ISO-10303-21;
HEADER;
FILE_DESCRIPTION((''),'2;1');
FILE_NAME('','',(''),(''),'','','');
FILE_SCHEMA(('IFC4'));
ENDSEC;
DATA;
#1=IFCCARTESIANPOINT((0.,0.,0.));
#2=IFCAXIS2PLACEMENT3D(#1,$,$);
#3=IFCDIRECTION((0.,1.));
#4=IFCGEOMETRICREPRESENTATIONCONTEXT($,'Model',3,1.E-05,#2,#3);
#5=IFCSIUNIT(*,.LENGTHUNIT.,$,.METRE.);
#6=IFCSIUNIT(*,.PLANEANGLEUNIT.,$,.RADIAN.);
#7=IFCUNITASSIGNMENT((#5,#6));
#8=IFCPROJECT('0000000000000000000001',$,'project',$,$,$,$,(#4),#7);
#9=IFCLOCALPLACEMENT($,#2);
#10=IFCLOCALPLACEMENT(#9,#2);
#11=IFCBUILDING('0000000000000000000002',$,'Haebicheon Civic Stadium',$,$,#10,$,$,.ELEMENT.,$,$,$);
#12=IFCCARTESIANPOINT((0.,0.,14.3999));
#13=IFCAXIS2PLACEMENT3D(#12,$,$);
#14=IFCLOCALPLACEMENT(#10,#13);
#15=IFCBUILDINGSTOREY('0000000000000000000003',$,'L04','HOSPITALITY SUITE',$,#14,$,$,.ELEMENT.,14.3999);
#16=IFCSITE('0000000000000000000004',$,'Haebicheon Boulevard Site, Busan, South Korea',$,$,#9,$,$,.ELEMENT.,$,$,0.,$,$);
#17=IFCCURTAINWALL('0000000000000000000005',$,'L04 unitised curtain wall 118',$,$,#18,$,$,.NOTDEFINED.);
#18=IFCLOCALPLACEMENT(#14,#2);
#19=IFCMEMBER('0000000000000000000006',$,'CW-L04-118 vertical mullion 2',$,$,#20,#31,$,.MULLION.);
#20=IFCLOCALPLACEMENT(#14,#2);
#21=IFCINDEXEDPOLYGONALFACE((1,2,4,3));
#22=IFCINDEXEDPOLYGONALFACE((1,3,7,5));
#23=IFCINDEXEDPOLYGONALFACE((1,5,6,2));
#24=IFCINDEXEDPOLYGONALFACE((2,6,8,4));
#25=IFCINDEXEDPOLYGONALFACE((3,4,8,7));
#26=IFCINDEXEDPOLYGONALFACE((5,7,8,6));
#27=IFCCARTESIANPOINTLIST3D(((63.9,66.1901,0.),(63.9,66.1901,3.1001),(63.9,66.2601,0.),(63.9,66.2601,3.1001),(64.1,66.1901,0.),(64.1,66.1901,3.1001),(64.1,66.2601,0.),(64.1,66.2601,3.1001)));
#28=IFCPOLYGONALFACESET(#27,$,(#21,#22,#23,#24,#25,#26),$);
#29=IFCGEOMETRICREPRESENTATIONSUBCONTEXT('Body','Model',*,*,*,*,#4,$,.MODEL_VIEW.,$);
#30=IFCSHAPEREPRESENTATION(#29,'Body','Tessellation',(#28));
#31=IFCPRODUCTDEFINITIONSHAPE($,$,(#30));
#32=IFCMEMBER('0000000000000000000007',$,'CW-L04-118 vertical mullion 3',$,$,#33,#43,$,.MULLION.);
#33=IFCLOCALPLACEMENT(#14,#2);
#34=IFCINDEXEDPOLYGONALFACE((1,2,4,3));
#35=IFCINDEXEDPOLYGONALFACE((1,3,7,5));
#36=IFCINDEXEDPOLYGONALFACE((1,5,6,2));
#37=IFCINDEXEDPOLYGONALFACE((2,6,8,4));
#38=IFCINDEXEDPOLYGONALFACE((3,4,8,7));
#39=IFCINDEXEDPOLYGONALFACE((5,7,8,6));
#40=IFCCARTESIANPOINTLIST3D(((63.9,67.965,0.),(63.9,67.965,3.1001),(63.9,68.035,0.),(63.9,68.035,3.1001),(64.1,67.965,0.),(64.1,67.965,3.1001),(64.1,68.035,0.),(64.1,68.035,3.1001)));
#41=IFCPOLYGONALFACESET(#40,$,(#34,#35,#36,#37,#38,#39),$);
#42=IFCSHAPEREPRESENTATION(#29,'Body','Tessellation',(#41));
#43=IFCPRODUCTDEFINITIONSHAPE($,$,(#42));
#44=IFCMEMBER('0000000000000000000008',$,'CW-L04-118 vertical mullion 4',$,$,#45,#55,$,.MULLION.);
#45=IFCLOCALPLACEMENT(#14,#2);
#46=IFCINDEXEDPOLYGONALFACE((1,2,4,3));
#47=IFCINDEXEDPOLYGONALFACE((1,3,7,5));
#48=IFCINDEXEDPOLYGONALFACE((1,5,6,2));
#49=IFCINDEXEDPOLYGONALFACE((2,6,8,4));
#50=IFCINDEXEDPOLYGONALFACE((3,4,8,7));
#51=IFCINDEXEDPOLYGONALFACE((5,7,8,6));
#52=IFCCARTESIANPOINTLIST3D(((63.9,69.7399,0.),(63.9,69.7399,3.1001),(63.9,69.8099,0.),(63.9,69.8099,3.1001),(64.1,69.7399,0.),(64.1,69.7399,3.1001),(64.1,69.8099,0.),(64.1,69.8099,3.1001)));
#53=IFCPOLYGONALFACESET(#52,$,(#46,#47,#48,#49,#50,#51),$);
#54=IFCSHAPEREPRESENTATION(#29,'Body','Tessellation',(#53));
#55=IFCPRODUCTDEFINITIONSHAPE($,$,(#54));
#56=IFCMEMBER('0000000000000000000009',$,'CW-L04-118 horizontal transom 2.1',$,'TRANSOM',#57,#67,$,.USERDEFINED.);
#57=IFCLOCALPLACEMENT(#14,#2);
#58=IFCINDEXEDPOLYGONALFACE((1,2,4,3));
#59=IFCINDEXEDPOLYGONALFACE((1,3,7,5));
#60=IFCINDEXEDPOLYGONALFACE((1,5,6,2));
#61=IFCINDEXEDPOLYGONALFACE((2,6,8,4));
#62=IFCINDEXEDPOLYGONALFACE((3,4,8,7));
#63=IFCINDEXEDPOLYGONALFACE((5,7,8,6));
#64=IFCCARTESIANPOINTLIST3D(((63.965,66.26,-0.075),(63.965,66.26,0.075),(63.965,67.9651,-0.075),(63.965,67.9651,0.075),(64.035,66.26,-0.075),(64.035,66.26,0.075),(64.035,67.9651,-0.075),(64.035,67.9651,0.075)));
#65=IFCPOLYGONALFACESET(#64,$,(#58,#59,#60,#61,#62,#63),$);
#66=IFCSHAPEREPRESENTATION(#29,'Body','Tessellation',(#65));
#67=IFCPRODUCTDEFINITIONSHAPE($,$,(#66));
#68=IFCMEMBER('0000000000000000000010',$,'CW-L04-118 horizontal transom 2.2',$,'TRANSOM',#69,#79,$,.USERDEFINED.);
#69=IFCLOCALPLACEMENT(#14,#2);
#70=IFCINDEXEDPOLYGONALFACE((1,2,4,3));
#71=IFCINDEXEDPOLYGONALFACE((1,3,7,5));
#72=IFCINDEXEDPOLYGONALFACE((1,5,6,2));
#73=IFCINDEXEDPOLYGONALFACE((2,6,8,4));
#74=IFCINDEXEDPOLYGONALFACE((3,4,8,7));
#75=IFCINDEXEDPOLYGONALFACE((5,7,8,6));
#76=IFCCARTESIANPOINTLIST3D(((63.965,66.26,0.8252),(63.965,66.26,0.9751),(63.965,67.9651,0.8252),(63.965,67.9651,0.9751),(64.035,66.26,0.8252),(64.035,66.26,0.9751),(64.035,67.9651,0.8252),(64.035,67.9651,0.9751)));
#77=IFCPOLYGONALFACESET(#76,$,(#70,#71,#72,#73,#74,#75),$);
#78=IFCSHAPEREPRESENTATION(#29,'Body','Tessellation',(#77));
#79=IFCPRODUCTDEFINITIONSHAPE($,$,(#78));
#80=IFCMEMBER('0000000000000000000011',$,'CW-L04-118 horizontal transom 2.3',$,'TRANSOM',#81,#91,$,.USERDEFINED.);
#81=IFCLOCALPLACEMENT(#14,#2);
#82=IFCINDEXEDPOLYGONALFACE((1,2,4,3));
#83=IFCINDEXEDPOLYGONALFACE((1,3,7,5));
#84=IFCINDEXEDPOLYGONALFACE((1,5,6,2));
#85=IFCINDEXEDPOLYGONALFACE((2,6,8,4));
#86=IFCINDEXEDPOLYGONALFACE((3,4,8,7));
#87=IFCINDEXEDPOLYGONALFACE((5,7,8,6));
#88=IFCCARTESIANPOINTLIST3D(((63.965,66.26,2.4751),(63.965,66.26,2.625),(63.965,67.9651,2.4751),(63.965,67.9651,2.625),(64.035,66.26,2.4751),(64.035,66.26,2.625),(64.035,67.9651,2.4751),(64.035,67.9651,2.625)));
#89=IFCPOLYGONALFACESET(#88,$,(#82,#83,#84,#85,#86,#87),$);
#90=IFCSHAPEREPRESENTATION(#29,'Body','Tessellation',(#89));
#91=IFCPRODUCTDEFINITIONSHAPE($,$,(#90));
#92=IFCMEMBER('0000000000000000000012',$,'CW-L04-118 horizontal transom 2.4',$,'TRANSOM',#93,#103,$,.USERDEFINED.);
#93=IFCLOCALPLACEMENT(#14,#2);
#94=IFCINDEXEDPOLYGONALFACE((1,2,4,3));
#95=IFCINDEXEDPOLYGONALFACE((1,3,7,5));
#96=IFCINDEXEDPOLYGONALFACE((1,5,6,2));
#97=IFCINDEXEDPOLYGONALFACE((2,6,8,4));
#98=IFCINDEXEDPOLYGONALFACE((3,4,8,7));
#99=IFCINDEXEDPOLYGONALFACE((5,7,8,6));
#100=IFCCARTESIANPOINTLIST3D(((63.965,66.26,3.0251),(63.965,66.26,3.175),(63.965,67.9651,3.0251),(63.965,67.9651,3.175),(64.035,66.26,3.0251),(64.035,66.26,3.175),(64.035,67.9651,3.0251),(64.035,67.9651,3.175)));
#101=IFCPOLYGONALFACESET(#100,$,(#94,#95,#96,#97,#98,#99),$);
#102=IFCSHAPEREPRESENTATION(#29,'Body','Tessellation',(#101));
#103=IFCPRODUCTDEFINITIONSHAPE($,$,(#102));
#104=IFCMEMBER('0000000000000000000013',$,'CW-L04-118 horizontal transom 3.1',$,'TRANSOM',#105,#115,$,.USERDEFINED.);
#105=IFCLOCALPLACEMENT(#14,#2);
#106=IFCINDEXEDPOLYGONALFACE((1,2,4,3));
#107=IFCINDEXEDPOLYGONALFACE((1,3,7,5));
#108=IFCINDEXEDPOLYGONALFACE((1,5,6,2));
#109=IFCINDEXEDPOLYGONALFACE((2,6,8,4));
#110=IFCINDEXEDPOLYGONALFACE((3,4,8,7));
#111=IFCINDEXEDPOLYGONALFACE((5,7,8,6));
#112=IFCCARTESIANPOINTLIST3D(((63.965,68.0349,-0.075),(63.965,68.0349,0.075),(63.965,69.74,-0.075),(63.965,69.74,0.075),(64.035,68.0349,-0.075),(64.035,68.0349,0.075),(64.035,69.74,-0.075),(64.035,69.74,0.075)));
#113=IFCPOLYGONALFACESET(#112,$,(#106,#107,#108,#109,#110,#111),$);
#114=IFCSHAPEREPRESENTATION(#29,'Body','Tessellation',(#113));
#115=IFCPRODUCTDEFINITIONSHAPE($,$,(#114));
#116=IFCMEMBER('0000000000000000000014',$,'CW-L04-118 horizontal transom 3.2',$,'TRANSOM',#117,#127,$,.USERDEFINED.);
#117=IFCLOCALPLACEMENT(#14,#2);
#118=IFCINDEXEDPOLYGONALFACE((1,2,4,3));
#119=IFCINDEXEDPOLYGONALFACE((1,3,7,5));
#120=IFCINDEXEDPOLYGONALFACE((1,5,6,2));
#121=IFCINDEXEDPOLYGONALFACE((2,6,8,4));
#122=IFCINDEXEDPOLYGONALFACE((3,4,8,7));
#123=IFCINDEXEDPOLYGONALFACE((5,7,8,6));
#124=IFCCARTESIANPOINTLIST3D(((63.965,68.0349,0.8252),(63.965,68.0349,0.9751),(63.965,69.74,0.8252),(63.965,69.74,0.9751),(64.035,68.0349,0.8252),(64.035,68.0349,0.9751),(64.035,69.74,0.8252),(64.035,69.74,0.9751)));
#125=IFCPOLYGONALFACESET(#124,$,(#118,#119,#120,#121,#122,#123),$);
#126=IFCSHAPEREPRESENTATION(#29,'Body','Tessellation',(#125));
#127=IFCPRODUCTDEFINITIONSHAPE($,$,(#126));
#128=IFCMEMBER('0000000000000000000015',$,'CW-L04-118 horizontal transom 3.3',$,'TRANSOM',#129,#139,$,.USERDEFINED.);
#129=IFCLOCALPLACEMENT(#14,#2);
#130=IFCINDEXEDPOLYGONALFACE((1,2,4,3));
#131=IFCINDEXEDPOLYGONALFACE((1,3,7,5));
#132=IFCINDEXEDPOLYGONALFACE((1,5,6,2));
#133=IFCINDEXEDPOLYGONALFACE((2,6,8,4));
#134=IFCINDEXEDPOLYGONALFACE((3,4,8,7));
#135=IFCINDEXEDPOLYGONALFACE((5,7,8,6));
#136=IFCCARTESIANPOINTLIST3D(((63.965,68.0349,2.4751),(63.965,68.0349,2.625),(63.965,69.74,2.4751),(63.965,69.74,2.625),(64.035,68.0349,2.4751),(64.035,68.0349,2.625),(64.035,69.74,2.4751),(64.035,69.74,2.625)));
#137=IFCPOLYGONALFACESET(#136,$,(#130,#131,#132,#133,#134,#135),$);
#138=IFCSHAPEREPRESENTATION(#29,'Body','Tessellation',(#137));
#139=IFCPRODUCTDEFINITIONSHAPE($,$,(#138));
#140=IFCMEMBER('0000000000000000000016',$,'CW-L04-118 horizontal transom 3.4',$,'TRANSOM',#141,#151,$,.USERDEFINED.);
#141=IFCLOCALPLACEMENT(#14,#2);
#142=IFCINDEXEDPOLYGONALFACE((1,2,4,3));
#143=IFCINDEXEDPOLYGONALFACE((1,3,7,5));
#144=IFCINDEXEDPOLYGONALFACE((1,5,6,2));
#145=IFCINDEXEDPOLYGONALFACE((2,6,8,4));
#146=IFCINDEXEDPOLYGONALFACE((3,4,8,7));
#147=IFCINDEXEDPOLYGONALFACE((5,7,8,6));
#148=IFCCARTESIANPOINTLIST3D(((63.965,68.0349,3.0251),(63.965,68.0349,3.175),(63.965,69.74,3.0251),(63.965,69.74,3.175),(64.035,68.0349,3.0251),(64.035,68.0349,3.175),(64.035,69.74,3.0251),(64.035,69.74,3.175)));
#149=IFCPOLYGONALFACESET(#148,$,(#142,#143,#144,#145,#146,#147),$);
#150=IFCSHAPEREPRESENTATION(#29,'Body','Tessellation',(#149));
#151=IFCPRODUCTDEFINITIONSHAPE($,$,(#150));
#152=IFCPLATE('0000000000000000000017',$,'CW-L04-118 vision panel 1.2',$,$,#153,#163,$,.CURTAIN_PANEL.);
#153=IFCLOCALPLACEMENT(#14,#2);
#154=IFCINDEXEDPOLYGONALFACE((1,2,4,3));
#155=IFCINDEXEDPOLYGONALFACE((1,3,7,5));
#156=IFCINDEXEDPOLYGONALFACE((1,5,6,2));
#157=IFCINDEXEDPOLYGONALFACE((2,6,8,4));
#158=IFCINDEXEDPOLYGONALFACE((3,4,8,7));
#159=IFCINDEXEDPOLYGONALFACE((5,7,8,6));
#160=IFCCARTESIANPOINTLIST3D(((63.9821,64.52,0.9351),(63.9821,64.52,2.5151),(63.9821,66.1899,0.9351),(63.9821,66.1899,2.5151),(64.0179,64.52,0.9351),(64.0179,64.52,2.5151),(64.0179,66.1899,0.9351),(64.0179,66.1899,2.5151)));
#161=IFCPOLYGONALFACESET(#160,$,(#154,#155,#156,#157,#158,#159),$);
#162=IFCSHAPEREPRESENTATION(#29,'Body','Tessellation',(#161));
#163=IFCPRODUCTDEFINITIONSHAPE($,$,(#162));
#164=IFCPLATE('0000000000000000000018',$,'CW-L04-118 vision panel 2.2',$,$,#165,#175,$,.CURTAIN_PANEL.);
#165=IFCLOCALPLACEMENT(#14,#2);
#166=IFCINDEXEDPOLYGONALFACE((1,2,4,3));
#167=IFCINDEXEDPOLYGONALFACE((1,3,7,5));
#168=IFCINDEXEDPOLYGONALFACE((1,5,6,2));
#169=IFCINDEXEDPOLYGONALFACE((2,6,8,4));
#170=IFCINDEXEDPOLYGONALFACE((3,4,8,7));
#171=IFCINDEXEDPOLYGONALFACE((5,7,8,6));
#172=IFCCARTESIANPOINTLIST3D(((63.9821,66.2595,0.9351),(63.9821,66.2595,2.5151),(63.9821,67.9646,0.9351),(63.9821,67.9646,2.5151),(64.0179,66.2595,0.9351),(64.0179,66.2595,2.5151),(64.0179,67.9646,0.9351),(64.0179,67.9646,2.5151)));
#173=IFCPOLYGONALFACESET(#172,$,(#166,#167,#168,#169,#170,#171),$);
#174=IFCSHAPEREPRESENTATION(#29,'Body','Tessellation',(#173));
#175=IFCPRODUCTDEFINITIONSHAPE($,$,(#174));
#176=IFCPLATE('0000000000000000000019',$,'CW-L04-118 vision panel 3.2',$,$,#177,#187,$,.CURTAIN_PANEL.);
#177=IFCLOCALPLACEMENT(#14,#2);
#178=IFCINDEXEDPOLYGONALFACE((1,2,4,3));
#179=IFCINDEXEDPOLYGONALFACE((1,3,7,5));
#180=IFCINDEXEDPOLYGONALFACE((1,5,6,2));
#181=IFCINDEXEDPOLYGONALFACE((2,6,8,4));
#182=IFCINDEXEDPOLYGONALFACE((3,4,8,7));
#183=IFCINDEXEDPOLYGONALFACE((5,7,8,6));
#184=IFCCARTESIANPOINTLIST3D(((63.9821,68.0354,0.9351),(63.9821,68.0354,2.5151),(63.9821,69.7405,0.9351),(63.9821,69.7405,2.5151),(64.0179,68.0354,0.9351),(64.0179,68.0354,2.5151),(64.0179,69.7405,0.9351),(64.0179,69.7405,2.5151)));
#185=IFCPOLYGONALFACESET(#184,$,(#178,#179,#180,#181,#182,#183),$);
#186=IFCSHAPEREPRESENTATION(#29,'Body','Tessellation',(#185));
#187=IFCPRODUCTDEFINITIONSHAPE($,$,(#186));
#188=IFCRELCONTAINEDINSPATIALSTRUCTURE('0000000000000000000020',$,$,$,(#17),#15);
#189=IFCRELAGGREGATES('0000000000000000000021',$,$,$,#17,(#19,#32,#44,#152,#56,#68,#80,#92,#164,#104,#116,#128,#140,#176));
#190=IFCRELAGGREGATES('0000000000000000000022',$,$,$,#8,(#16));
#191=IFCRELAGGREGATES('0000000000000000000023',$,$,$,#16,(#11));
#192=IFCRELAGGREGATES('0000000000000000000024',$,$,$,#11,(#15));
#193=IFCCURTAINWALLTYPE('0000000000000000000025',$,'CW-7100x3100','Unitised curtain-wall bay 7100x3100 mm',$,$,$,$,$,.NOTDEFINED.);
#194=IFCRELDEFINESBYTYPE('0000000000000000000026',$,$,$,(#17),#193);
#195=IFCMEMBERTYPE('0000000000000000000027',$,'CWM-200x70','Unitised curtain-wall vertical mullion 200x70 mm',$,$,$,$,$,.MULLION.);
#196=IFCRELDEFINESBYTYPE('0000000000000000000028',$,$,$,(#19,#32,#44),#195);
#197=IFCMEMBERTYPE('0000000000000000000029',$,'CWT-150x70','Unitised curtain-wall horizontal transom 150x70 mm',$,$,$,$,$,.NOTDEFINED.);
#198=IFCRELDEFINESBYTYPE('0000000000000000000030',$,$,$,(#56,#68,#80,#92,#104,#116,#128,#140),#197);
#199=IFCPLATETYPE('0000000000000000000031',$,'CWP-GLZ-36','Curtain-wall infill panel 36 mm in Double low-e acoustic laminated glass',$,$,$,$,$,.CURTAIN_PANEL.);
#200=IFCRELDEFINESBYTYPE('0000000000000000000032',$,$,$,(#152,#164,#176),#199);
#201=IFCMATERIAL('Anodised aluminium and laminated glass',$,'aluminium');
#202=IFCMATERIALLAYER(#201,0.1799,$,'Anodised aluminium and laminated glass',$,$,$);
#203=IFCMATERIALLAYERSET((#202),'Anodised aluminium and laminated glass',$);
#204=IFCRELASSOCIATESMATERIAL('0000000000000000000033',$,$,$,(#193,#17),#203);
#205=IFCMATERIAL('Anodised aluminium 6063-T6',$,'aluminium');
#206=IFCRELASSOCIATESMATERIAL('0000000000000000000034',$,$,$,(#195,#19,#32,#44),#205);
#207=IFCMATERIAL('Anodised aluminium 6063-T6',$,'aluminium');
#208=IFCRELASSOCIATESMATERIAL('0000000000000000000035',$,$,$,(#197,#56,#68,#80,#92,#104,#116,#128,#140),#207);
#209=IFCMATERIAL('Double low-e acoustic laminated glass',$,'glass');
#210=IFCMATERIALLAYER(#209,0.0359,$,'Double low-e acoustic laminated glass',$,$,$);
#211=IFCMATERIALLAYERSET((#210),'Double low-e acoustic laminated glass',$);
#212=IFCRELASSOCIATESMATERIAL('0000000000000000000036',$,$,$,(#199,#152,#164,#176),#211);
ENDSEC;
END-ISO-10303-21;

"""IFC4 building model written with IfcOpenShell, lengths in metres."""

from ifc_helpers import new_model, si_unit, direction, frame, origin, origin_2d, place, context, subcontext, project, spatial, rectangle, extrude, material, layer, layer_set, material_profile, profile_set, type_object, element, aggregate, save


model = new_model("IFC4")

# Units and contexts
model_context = context("Model", 3, precision=1e-05, world=origin(), true_north=direction((0.0, 1.0)))
body_context = subcontext(model_context, "Body", "Model", "MODEL_VIEW")
ifc_project = project(units=[si_unit("LENGTHUNIT", "METRE"), si_unit("PLANEANGLEUNIT", "RADIAN")], contexts=[model_context])

# Site, building, storey
site_placement = place(None, origin())
site = spatial("IfcSite", under=ifc_project, at=site_placement, Name="Haebicheon Boulevard Site, Busan, South Korea", CompositionType="ELEMENT", RefElevation=0.0)
building_placement = place(site_placement, origin())
building = spatial("IfcBuilding", under=site, at=building_placement, Name="Haebicheon Civic Stadium", CompositionType="ELEMENT")
storey_placement = place(building_placement, frame((0.0, 0.0, 14.3999)))
storey = spatial("IfcBuildingStorey", under=building, at=storey_placement, Name="L04", Description="HOSPITALITY SUITE", CompositionType="ELEMENT", Elevation=14.3999)

# Curtain wall, members, plates
ifc_material_1 = material(Name="Anodised aluminium and laminated glass", Category="aluminium")
ifc_layer_1 = layer(ifc_material_1, 0.1799, Name="Anodised aluminium and laminated glass")
ifc_layer_set_1 = layer_set([ifc_layer_1], Name="Anodised aluminium and laminated glass")
curtain_wall_type = type_object("IfcCurtainWallType", Name="CW-7100x3100", Description="Unitised curtain-wall bay 7100x3100 mm", PredefinedType="NOTDEFINED", material=ifc_layer_set_1)
curtain_wall_placement = place(storey_placement, origin())
curtain_wall = element("IfcCurtainWall", 1, at=curtain_wall_placement, inside=storey, type_object=curtain_wall_type, material=ifc_layer_set_1, Name="L04 unitised curtain wall 118", PredefinedType="NOTDEFINED")
ifc_material_2 = material(Name="Anodised aluminium 6063-T6", Category="aluminium")
ifc_material_profile_1 = material_profile(ifc_material_2, rectangle(XDim=0.0701, YDim=0.2, at=origin_2d()), Name="ALU-MULL-70x200")
ifc_profile_set_1 = profile_set([ifc_material_profile_1], Name="Anodised aluminium 6063-T6")
member_type_1 = type_object("IfcMemberType", Name="CWM-200x70", Description="Unitised curtain-wall vertical mullion 200x70 mm", PredefinedType="MULLION", material=ifc_profile_set_1)
member_1_placement = place(storey_placement, frame((64.0, 66.2251, 0.0), z_axis=(0.0, 0.0, 1.0), x_axis=(0.0, 1.0, 0.0)))
member_1 = element("IfcMember", 2, at=member_1_placement, type_object=member_type_1, material=ifc_profile_set_1, Name="CW-L04-118 vertical mullion 2", PredefinedType="MULLION", context=body_context, shape_type="SweptSolid", body=[
    extrude(rectangle(XDim=0.0701, YDim=0.2, at=origin_2d()), origin(), (0.0, 0.0, 1.0), 3.1001),
])
member_2_placement = place(storey_placement, frame((64.0, 68.0, 0.0), z_axis=(0.0, 0.0, 1.0), x_axis=(0.0, 1.0, 0.0)))
member_2 = element("IfcMember", 3, at=member_2_placement, type_object=member_type_1, material=ifc_profile_set_1, Name="CW-L04-118 vertical mullion 3", PredefinedType="MULLION", context=body_context, shape_type="SweptSolid", body=[
    extrude(rectangle(XDim=0.0701, YDim=0.2, at=origin_2d()), origin(), (0.0, 0.0, 1.0), 3.1001),
])
member_3_placement = place(storey_placement, frame((64.0, 69.7749, 0.0), z_axis=(0.0, 0.0, 1.0), x_axis=(0.0, 1.0, 0.0)))
member_3 = element("IfcMember", 4, at=member_3_placement, type_object=member_type_1, material=ifc_profile_set_1, Name="CW-L04-118 vertical mullion 4", PredefinedType="MULLION", context=body_context, shape_type="SweptSolid", body=[
    extrude(rectangle(XDim=0.0701, YDim=0.2, at=origin_2d()), origin(), (0.0, 0.0, 1.0), 3.1001),
])
ifc_material_3 = material(Name="Anodised aluminium 6063-T6", Category="aluminium")
ifc_material_profile_2 = material_profile(ifc_material_3, rectangle(XDim=0.0701, YDim=0.1499, at=origin_2d()), Name="ALU-TRAN-70x150")
ifc_profile_set_2 = profile_set([ifc_material_profile_2], Name="Anodised aluminium 6063-T6")
member_type_2 = type_object("IfcMemberType", Name="CWT-150x70", Description="Unitised curtain-wall horizontal transom 150x70 mm", PredefinedType="NOTDEFINED", material=ifc_profile_set_2)
member_4_placement = place(storey_placement, frame((64.0, 66.26, 0.0), z_axis=(0.0, 1.0, 0.0), x_axis=(-1.0, 0.0, 0.0)))
member_4 = element("IfcMember", 5, at=member_4_placement, type_object=member_type_2, material=ifc_profile_set_2, Name="CW-L04-118 horizontal transom 2.1", ObjectType="TRANSOM", PredefinedType="USERDEFINED", context=body_context, shape_type="SweptSolid", body=[
    extrude(rectangle(XDim=0.0701, YDim=0.1499, at=origin_2d()), origin(), (0.0, 0.0, 1.0), 1.7051),
])
member_5_placement = place(storey_placement, frame((64.0, 66.26, 0.9001), z_axis=(0.0, 1.0, 0.0), x_axis=(-1.0, 0.0, 0.0)))
member_5 = element("IfcMember", 6, at=member_5_placement, type_object=member_type_2, material=ifc_profile_set_2, Name="CW-L04-118 horizontal transom 2.2", ObjectType="TRANSOM", PredefinedType="USERDEFINED", context=body_context, shape_type="SweptSolid", body=[
    extrude(rectangle(XDim=0.0701, YDim=0.1499, at=origin_2d()), origin(), (0.0, 0.0, 1.0), 1.7051),
])
member_6_placement = place(storey_placement, frame((64.0, 66.26, 2.55), z_axis=(0.0, 1.0, 0.0), x_axis=(-1.0, 0.0, 0.0)))
member_6 = element("IfcMember", 7, at=member_6_placement, type_object=member_type_2, material=ifc_profile_set_2, Name="CW-L04-118 horizontal transom 2.3", ObjectType="TRANSOM", PredefinedType="USERDEFINED", context=body_context, shape_type="SweptSolid", body=[
    extrude(rectangle(XDim=0.0701, YDim=0.1499, at=origin_2d()), origin(), (0.0, 0.0, 1.0), 1.7051),
])
member_7_placement = place(storey_placement, frame((64.0, 66.26, 3.1001), z_axis=(0.0, 1.0, 0.0), x_axis=(-1.0, 0.0, 0.0)))
member_7 = element("IfcMember", 8, at=member_7_placement, type_object=member_type_2, material=ifc_profile_set_2, Name="CW-L04-118 horizontal transom 2.4", ObjectType="TRANSOM", PredefinedType="USERDEFINED", context=body_context, shape_type="SweptSolid", body=[
    extrude(rectangle(XDim=0.0701, YDim=0.1499, at=origin_2d()), origin(), (0.0, 0.0, 1.0), 1.7051),
])
member_8_placement = place(storey_placement, frame((64.0, 68.0349, 0.0), z_axis=(0.0, 1.0, 0.0), x_axis=(-1.0, 0.0, 0.0)))
member_8 = element("IfcMember", 9, at=member_8_placement, type_object=member_type_2, material=ifc_profile_set_2, Name="CW-L04-118 horizontal transom 3.1", ObjectType="TRANSOM", PredefinedType="USERDEFINED", context=body_context, shape_type="SweptSolid", body=[
    extrude(rectangle(XDim=0.0701, YDim=0.1499, at=origin_2d()), origin(), (0.0, 0.0, 1.0), 1.7051),
])
member_9_placement = place(storey_placement, frame((64.0, 68.0349, 0.9001), z_axis=(0.0, 1.0, 0.0), x_axis=(-1.0, 0.0, 0.0)))
member_9 = element("IfcMember", 10, at=member_9_placement, type_object=member_type_2, material=ifc_profile_set_2, Name="CW-L04-118 horizontal transom 3.2", ObjectType="TRANSOM", PredefinedType="USERDEFINED", context=body_context, shape_type="SweptSolid", body=[
    extrude(rectangle(XDim=0.0701, YDim=0.1499, at=origin_2d()), origin(), (0.0, 0.0, 1.0), 1.7051),
])
member_10_placement = place(storey_placement, frame((64.0, 68.0349, 2.55), z_axis=(0.0, 1.0, 0.0), x_axis=(-1.0, 0.0, 0.0)))
member_10 = element("IfcMember", 11, at=member_10_placement, type_object=member_type_2, material=ifc_profile_set_2, Name="CW-L04-118 horizontal transom 3.3", ObjectType="TRANSOM", PredefinedType="USERDEFINED", context=body_context, shape_type="SweptSolid", body=[
    extrude(rectangle(XDim=0.0701, YDim=0.1499, at=origin_2d()), origin(), (0.0, 0.0, 1.0), 1.7051),
])
member_11_placement = place(storey_placement, frame((64.0, 68.0349, 3.1001), z_axis=(0.0, 1.0, 0.0), x_axis=(-1.0, 0.0, 0.0)))
member_11 = element("IfcMember", 12, at=member_11_placement, type_object=member_type_2, material=ifc_profile_set_2, Name="CW-L04-118 horizontal transom 3.4", ObjectType="TRANSOM", PredefinedType="USERDEFINED", context=body_context, shape_type="SweptSolid", body=[
    extrude(rectangle(XDim=0.0701, YDim=0.1499, at=origin_2d()), origin(), (0.0, 0.0, 1.0), 1.7051),
])
ifc_material_4 = material(Name="Double low-e acoustic laminated glass", Category="glass")
ifc_layer_2 = layer(ifc_material_4, 0.0359, Name="Double low-e acoustic laminated glass")
ifc_layer_set_2 = layer_set([ifc_layer_2], Name="Double low-e acoustic laminated glass")
plate_type_1 = type_object("IfcPlateType", Name="CWP-GLZ-36", Description="Curtain-wall infill panel 36 mm in Double low-e acoustic laminated glass", PredefinedType="CURTAIN_PANEL", material=ifc_layer_set_2)
plate_1_placement = place(storey_placement, frame((64.0, 65.355, 0.9351), z_axis=(0.0, 0.0, 1.0), x_axis=(0.0, 1.0, 0.0)))
plate_1 = element("IfcPlate", 13, at=plate_1_placement, type_object=plate_type_1, material=ifc_layer_set_2, Name="CW-L04-118 vision panel 1.2", PredefinedType="CURTAIN_PANEL", context=body_context, shape_type="SweptSolid", body=[
    extrude(rectangle(XDim=1.6699, YDim=0.0359, at=origin_2d()), origin(), (0.0, 0.0, 1.0), 1.5801),
])
plate_2_placement = place(storey_placement, frame((64.0, 67.1121, 0.9351), z_axis=(0.0, 0.0, 1.0), x_axis=(0.0, 1.0, 0.0)))
plate_2 = element("IfcPlate", 14, at=plate_2_placement, type_object=plate_type_1, material=ifc_layer_set_2, Name="CW-L04-118 vision panel 2.2", PredefinedType="CURTAIN_PANEL", context=body_context, shape_type="SweptSolid", body=[
    extrude(rectangle(XDim=1.7051, YDim=0.0359, at=origin_2d()), origin(), (0.0, 0.0, 1.0), 1.5801),
])
plate_3_placement = place(storey_placement, frame((64.0, 68.8879, 0.9351), z_axis=(0.0, 0.0, 1.0), x_axis=(0.0, 1.0, 0.0)))
plate_3 = element("IfcPlate", 15, at=plate_3_placement, type_object=plate_type_1, material=ifc_layer_set_2, Name="CW-L04-118 vision panel 3.2", PredefinedType="CURTAIN_PANEL", context=body_context, shape_type="SweptSolid", body=[
    extrude(rectangle(XDim=1.7051, YDim=0.0359, at=origin_2d()), origin(), (0.0, 0.0, 1.0), 1.5801),
])
aggregate(curtain_wall, [member_1, member_2, member_3, plate_1, member_4, member_5, member_6, member_7, plate_2, member_8, member_9, member_10, member_11, plate_3])

save(model, "model.ifc")
